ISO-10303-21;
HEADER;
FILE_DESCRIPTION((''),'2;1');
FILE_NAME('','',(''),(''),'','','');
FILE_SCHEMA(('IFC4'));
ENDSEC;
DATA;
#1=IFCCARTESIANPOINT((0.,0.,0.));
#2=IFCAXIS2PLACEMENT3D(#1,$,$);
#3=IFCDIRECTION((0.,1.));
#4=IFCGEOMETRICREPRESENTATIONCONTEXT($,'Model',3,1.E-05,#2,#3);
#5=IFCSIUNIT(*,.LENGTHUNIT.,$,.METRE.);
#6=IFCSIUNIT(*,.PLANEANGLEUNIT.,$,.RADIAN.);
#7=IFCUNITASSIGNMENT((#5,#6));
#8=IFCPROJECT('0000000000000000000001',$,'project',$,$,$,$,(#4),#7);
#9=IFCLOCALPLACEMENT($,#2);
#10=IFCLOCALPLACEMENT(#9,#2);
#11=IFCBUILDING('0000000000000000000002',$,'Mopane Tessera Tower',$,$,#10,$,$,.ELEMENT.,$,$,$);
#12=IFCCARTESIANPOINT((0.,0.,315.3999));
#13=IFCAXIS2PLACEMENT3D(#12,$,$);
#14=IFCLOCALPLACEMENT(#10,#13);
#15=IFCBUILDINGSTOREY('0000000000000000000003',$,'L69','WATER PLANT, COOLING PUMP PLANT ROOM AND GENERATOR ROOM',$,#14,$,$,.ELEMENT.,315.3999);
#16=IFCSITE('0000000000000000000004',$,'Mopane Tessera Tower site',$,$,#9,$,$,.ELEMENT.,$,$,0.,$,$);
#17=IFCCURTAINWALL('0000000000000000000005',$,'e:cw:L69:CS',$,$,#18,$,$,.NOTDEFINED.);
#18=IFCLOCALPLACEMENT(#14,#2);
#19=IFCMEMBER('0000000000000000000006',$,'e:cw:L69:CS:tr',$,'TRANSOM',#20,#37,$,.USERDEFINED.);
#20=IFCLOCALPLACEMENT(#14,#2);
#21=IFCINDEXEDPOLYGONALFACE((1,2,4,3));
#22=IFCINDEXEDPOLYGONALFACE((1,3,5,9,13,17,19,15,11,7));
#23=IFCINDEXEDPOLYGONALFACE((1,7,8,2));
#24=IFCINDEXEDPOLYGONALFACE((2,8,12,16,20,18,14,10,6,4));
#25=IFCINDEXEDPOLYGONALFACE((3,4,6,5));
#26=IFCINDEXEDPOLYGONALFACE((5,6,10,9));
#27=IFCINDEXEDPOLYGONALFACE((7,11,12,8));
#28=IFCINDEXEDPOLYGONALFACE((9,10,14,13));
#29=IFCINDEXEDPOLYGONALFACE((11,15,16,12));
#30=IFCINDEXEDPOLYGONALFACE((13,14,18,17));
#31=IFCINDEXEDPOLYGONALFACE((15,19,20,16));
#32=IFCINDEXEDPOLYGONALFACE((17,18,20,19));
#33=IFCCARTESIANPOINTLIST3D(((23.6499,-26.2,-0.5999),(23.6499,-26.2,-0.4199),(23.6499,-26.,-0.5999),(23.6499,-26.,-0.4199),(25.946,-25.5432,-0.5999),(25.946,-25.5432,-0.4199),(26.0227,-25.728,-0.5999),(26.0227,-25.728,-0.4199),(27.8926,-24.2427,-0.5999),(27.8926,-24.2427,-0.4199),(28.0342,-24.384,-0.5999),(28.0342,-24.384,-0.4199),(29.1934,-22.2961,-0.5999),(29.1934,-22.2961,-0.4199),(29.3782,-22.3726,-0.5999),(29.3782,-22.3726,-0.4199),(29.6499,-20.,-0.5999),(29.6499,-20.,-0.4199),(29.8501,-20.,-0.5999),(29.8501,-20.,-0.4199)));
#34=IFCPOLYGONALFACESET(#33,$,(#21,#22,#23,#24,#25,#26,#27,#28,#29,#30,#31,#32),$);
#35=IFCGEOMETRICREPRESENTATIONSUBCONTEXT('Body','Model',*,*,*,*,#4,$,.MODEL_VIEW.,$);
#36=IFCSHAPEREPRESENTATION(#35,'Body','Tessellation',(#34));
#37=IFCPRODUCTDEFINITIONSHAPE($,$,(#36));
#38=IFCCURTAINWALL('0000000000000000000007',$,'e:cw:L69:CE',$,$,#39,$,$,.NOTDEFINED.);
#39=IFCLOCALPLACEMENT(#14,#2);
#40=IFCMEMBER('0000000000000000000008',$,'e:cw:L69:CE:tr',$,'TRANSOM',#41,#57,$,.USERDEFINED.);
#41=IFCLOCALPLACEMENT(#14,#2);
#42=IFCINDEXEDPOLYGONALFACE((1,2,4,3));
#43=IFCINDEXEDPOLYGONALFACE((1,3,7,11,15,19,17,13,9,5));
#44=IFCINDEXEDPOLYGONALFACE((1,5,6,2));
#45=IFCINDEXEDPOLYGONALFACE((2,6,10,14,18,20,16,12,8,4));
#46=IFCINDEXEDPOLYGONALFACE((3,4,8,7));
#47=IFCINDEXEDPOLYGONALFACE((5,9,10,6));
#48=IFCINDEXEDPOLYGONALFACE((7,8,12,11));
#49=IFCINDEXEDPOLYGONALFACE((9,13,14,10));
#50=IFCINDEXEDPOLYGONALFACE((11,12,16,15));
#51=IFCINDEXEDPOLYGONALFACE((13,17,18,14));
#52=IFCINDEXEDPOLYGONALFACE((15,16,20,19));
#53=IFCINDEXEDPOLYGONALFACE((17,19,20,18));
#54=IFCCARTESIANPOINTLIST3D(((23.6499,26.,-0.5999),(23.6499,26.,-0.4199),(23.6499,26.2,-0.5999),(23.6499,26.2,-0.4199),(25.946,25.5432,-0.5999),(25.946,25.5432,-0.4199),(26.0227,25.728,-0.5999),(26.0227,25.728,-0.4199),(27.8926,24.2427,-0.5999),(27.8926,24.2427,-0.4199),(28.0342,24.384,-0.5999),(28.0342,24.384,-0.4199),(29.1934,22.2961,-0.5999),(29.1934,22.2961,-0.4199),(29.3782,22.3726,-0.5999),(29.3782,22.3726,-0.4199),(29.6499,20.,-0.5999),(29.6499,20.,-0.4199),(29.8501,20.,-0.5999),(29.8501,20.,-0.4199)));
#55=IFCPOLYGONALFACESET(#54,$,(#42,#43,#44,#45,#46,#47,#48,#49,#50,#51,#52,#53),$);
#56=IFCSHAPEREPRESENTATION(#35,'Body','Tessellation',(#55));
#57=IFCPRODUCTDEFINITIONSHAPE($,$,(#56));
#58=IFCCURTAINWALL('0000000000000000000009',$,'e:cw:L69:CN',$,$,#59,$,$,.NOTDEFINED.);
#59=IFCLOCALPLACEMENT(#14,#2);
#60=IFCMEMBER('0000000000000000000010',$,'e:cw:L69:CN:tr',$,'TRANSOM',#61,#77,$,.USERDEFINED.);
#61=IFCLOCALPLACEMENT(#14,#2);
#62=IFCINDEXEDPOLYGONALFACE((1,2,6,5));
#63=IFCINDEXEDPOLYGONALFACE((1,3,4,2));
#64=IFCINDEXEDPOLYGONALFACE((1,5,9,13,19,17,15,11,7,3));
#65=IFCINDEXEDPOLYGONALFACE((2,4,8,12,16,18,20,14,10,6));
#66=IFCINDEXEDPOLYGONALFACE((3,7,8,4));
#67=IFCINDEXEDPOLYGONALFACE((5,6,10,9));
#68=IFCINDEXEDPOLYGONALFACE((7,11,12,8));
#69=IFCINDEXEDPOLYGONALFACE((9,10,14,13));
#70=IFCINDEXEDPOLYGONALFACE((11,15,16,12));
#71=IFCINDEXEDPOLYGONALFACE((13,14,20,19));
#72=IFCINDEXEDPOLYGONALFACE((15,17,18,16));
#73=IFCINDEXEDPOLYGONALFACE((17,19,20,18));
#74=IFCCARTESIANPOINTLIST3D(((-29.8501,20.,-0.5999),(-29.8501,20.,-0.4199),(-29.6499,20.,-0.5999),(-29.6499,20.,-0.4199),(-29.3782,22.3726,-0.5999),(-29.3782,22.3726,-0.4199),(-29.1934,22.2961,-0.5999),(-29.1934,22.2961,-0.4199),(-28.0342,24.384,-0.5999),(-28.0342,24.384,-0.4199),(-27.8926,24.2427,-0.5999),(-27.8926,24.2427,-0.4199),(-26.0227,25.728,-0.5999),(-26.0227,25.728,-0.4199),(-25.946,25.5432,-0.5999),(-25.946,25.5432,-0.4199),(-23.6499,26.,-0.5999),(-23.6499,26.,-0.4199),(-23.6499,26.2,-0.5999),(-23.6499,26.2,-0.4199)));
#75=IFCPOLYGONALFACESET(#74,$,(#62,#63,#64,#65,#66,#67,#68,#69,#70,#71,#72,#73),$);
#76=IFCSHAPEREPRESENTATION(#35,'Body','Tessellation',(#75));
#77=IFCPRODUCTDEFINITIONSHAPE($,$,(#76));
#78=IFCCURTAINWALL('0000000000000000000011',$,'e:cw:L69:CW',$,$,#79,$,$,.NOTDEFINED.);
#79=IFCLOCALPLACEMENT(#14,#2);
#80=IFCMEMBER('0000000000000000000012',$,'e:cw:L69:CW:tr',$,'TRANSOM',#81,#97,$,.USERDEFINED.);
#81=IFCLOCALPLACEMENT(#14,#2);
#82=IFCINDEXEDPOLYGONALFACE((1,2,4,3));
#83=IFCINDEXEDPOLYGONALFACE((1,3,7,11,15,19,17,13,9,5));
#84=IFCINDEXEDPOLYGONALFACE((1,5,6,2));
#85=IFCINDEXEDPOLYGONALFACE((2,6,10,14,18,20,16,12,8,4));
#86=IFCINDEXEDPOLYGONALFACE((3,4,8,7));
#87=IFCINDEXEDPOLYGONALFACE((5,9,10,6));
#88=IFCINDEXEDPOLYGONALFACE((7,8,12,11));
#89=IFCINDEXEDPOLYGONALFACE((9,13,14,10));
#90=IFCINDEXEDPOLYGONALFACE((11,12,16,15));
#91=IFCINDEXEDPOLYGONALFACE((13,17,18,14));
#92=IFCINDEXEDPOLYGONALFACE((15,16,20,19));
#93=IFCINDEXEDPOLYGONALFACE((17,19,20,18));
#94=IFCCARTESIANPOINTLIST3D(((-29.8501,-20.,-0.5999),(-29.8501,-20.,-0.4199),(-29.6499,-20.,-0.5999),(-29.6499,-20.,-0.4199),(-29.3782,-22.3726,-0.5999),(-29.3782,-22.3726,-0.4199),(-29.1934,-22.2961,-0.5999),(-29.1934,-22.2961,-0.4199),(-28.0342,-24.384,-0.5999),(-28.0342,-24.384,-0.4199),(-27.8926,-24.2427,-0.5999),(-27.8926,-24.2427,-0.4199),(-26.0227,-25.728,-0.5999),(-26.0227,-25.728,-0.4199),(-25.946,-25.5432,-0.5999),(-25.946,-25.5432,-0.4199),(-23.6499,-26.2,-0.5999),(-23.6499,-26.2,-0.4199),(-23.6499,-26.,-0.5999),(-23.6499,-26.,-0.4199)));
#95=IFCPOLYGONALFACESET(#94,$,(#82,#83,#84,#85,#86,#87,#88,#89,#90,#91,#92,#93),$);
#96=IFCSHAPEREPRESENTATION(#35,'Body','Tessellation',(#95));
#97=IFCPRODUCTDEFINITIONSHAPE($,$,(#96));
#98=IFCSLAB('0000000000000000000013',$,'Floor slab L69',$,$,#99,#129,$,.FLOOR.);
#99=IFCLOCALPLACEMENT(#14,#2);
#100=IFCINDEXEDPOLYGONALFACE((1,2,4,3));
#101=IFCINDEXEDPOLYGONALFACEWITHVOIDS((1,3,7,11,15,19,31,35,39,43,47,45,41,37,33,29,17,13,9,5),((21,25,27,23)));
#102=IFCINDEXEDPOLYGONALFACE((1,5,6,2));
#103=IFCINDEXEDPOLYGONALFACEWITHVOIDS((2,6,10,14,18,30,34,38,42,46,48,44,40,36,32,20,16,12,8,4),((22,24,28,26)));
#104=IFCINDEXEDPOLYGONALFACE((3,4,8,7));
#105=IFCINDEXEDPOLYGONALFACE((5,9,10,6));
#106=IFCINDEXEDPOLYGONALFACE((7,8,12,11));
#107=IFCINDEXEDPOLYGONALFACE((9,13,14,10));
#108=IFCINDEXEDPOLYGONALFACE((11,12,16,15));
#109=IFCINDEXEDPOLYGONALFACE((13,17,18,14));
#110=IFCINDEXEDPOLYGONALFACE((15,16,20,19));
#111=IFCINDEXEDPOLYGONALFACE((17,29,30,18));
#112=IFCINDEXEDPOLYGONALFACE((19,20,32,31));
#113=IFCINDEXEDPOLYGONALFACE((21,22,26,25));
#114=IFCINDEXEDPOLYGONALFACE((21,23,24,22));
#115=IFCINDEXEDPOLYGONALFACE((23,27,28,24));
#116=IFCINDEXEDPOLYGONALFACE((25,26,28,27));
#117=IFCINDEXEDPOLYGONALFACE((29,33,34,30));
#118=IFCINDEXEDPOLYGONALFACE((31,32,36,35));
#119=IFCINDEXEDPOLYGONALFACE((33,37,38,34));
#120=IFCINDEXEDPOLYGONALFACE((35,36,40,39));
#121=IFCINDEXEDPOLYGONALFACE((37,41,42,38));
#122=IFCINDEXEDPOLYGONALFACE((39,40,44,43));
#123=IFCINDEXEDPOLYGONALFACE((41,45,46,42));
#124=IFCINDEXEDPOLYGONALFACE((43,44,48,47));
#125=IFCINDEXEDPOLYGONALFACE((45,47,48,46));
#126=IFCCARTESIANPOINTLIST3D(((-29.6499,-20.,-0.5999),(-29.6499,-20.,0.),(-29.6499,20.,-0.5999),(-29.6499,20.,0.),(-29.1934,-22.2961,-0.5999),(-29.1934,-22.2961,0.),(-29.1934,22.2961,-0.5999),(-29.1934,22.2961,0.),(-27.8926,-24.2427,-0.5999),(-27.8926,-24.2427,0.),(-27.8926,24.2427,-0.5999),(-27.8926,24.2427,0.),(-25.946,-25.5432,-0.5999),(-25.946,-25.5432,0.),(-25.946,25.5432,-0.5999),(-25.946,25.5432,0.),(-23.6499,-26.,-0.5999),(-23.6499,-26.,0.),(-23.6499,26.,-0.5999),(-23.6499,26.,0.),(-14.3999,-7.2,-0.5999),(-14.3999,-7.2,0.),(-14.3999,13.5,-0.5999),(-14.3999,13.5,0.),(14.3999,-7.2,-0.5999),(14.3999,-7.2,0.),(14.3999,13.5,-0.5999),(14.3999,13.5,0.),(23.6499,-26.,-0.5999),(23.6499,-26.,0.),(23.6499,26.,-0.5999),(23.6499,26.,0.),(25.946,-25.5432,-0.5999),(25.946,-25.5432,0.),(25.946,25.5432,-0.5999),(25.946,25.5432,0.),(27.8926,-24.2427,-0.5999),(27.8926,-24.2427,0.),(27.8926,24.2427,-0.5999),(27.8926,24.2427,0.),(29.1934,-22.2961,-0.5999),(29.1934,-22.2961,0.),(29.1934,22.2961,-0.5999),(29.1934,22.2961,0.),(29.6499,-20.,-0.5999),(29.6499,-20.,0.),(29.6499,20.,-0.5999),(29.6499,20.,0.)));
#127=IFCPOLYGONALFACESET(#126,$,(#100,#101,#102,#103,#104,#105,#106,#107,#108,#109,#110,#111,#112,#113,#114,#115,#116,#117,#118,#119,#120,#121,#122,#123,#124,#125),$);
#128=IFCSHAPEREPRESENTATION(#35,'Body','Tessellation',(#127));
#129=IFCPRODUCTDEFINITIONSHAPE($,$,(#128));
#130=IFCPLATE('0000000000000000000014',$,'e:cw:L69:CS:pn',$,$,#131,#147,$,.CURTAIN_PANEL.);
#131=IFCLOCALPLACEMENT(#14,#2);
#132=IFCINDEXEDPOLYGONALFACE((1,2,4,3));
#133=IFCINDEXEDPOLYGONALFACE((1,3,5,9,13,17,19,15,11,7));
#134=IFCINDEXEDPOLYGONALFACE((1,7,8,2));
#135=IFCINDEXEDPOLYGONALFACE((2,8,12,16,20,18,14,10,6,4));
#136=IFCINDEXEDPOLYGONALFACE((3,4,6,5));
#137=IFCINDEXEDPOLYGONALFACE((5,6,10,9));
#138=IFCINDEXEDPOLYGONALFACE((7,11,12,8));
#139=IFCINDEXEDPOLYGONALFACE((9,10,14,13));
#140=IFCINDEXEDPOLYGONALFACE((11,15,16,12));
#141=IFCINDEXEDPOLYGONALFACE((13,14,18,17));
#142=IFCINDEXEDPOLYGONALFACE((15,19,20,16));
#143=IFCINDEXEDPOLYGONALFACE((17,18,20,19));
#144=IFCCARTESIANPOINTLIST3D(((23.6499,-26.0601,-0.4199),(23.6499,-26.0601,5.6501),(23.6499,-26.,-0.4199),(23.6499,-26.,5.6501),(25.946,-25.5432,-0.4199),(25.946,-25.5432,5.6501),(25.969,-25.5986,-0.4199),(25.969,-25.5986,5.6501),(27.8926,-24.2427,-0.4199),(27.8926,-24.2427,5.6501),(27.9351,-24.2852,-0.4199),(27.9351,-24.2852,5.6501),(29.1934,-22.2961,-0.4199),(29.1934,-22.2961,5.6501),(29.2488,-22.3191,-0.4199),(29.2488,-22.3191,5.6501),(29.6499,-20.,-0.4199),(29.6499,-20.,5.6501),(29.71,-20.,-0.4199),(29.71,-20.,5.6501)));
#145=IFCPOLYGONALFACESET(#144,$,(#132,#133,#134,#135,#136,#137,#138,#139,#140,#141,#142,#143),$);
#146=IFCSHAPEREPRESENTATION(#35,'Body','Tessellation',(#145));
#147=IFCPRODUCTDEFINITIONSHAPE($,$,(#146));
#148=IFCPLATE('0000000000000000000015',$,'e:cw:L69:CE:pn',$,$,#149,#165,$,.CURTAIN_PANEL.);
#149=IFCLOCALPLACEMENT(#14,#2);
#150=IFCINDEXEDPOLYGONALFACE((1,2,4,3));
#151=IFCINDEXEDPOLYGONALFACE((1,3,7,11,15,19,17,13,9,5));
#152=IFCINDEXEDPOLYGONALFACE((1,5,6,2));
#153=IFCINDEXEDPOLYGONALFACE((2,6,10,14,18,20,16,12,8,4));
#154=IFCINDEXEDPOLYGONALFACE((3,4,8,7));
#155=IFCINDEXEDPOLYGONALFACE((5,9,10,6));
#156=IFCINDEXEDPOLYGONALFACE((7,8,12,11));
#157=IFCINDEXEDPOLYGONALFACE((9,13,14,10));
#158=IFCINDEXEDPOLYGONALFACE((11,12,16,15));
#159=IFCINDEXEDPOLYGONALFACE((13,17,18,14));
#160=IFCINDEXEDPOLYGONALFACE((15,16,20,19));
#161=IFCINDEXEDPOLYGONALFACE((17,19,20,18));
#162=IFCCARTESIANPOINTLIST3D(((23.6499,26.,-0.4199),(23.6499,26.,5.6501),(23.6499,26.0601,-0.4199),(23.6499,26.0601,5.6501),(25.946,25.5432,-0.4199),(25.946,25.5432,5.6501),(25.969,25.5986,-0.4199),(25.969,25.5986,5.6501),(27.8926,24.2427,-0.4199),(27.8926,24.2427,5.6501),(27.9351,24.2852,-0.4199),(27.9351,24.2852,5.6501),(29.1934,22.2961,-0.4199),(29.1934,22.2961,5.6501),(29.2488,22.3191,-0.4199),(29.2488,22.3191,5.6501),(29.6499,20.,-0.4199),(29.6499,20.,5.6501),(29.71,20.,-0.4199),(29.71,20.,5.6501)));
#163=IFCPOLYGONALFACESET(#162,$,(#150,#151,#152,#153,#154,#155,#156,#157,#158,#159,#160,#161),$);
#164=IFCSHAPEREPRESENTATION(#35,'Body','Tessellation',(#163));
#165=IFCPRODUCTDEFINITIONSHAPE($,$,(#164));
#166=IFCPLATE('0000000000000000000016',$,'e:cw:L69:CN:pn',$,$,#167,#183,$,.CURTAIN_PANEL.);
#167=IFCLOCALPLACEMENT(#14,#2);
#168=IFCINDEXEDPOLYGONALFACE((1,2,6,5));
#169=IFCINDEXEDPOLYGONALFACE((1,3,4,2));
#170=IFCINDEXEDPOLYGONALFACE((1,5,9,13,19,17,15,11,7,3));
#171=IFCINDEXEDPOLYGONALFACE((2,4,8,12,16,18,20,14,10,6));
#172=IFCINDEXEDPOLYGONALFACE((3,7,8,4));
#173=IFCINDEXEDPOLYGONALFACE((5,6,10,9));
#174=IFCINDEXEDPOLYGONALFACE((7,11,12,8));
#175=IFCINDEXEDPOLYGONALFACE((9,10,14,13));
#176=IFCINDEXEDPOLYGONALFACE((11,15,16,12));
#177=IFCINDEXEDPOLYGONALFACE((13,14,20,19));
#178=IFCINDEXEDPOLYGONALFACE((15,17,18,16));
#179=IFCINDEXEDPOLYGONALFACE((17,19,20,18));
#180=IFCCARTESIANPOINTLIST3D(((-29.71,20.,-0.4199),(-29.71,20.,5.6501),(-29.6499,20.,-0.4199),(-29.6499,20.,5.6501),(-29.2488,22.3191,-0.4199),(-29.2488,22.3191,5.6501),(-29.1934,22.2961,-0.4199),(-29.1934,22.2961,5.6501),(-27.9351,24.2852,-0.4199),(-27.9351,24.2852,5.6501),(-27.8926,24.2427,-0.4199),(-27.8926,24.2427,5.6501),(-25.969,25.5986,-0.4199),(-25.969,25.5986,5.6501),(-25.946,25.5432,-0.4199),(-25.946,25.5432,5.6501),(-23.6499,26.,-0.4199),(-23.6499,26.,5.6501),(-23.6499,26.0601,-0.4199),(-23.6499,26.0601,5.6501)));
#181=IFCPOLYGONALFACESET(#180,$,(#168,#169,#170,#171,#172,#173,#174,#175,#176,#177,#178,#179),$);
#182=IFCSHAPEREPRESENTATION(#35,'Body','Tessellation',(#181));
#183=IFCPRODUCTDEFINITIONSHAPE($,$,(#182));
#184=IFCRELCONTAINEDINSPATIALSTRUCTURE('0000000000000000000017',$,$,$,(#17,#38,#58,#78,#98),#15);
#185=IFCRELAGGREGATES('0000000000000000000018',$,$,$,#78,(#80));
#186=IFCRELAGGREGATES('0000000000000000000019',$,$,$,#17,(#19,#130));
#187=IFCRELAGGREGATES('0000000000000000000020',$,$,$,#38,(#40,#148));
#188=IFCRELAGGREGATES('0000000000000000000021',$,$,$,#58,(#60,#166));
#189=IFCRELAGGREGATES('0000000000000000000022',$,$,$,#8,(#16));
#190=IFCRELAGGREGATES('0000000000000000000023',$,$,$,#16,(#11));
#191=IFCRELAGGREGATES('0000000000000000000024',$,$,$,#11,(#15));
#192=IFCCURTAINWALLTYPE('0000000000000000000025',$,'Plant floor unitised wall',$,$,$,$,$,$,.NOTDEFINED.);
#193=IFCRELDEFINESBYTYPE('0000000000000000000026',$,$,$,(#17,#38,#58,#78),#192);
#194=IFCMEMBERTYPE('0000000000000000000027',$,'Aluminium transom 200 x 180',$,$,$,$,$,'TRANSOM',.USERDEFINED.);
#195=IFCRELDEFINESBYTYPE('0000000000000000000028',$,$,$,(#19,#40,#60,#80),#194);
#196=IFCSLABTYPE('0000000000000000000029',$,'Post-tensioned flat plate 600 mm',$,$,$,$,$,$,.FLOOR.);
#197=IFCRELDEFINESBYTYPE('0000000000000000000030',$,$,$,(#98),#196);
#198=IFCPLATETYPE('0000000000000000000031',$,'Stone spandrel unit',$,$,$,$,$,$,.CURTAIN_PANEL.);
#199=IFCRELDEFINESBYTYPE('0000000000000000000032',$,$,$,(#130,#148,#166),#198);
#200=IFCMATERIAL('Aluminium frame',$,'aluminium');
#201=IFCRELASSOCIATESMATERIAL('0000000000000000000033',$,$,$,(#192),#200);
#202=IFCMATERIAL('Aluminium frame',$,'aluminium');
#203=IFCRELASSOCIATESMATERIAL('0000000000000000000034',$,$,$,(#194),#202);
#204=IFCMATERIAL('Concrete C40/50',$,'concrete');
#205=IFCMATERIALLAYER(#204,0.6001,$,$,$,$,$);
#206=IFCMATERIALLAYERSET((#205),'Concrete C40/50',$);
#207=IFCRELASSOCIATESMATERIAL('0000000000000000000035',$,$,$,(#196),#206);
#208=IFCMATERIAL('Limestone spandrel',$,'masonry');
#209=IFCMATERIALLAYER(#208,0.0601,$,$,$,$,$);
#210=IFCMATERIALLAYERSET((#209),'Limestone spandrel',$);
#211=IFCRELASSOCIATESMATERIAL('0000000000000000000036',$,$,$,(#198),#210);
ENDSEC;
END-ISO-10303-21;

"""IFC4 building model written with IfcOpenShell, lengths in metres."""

from ifc_helpers import new_model, si_unit, direction, frame, origin, origin_2d, place, context, subcontext, project, spatial, polyline, rectangle, outline, extrude, material, layer, layer_set, material_profile, profile_set, type_object, element, aggregate, save


model = new_model("IFC4")

# Units and contexts
model_context = context("Model", 3, precision=1e-05, world=origin(), true_north=direction((0.0, 1.0)))
body_context = subcontext(model_context, "Body", "Model", "MODEL_VIEW")
ifc_project = project(units=[si_unit("LENGTHUNIT", "METRE"), si_unit("PLANEANGLEUNIT", "RADIAN")], contexts=[model_context])

# Site, building, storey
site_placement = place(None, origin())
site = spatial("IfcSite", under=ifc_project, at=site_placement, Name="Mopane Tessera Tower site", CompositionType="ELEMENT", RefElevation=0.0)
building_placement = place(site_placement, origin())
building = spatial("IfcBuilding", under=site, at=building_placement, Name="Mopane Tessera Tower", CompositionType="ELEMENT")
storey_placement = place(building_placement, frame((0.0, 0.0, 315.3999)))
storey = spatial("IfcBuildingStorey", under=building, at=storey_placement, Name="L69", Description="WATER PLANT, COOLING PUMP PLANT ROOM AND GENERATOR ROOM", CompositionType="ELEMENT", Elevation=315.3999)

# Curtain walls, members
ifc_material_1 = material(Name="Aluminium frame", Category="aluminium")
curtain_wall_type = type_object("IfcCurtainWallType", Name="Plant floor unitised wall", PredefinedType="NOTDEFINED", material=ifc_material_1)
curtain_wall_1_placement = place(storey_placement, origin())
curtain_wall_1 = element("IfcCurtainWall", 1, at=curtain_wall_1_placement, inside=storey, type_object=curtain_wall_type, Name="e:cw:L69:CS", PredefinedType="NOTDEFINED")
ifc_material_2 = material(Name="Aluminium frame", Category="aluminium")
ifc_material_profile = material_profile(ifc_material_2, rectangle(XDim=0.2, YDim=0.1799, at=origin_2d()))
ifc_profile_set = profile_set([ifc_material_profile], Name="Aluminium frame")
member_type = type_object("IfcMemberType", Name="Aluminium transom 200 x 180", ElementType="TRANSOM", PredefinedType="USERDEFINED", material=ifc_profile_set)
member_1_placement = place(storey_placement, frame((0.0, 0.0, -0.5999)))
member_1 = element("IfcMember", 2, at=member_1_placement, type_object=member_type, Name="e:cw:L69:CS:tr", ObjectType="TRANSOM", PredefinedType="USERDEFINED", context=body_context, shape_type="SweptSolid", body=[
    extrude(outline(polyline([(23.6499, -26.0), (25.946, -25.5432), (27.8926, -24.2427), (29.1934, -22.2961), (29.6499, -20.0), (29.8501, -20.0), (29.3782, -22.3726), (28.0342, -24.384), (26.0227, -25.728), (23.6499, -26.2), (23.6499, -26.0)])), origin(), (0.0, 0.0, 1.0), 0.1799),
])
curtain_wall_2_placement = place(storey_placement, origin())
curtain_wall_2 = element("IfcCurtainWall", 3, at=curtain_wall_2_placement, inside=storey, type_object=curtain_wall_type, Name="e:cw:L69:CE", PredefinedType="NOTDEFINED")
member_2_placement = place(storey_placement, frame((0.0, 0.0, -0.5999)))
member_2 = element("IfcMember", 4, at=member_2_placement, type_object=member_type, Name="e:cw:L69:CE:tr", ObjectType="TRANSOM", PredefinedType="USERDEFINED", context=body_context, shape_type="SweptSolid", body=[
    extrude(outline(polyline([(29.6499, 20.0), (29.1934, 22.2961), (27.8926, 24.2427), (25.946, 25.5432), (23.6499, 26.0), (23.6499, 26.2), (26.0227, 25.728), (28.0342, 24.384), (29.3782, 22.3726), (29.8501, 20.0), (29.6499, 20.0)])), origin(), (0.0, 0.0, 1.0), 0.1799),
])
curtain_wall_3_placement = place(storey_placement, origin())
curtain_wall_3 = element("IfcCurtainWall", 5, at=curtain_wall_3_placement, inside=storey, type_object=curtain_wall_type, Name="e:cw:L69:CN", PredefinedType="NOTDEFINED")
member_3_placement = place(storey_placement, frame((0.0, 0.0, -0.5999)))
member_3 = element("IfcMember", 6, at=member_3_placement, type_object=member_type, Name="e:cw:L69:CN:tr", ObjectType="TRANSOM", PredefinedType="USERDEFINED", context=body_context, shape_type="SweptSolid", body=[
    extrude(outline(polyline([(-23.6499, 26.0), (-25.946, 25.5432), (-27.8926, 24.2427), (-29.1934, 22.2961), (-29.6499, 20.0), (-29.8501, 20.0), (-29.3782, 22.3726), (-28.0342, 24.384), (-26.0227, 25.728), (-23.6499, 26.2), (-23.6499, 26.0)])), origin(), (0.0, 0.0, 1.0), 0.1799),
])
curtain_wall_4_placement = place(storey_placement, origin())
curtain_wall_4 = element("IfcCurtainWall", 7, at=curtain_wall_4_placement, inside=storey, type_object=curtain_wall_type, Name="e:cw:L69:CW", PredefinedType="NOTDEFINED")
member_4_placement = place(storey_placement, frame((0.0, 0.0, -0.5999)))
member_4 = element("IfcMember", 8, at=member_4_placement, type_object=member_type, Name="e:cw:L69:CW:tr", ObjectType="TRANSOM", PredefinedType="USERDEFINED", context=body_context, shape_type="SweptSolid", body=[
    extrude(outline(polyline([(-29.6499, -20.0), (-29.1934, -22.2961), (-27.8926, -24.2427), (-25.946, -25.5432), (-23.6499, -26.0), (-23.6499, -26.2), (-26.0227, -25.728), (-28.0342, -24.384), (-29.3782, -22.3726), (-29.8501, -20.0), (-29.6499, -20.0)])), origin(), (0.0, 0.0, 1.0), 0.1799),
])
aggregate(curtain_wall_4, [member_4])

# Slab
ifc_material_3 = material(Name="Concrete C40/50", Category="concrete")
ifc_layer_1 = layer(ifc_material_3, 0.6001)
ifc_layer_set_1 = layer_set([ifc_layer_1], Name="Concrete C40/50")
slab_type = type_object("IfcSlabType", Name="Post-tensioned flat plate 600 mm", PredefinedType="FLOOR", material=ifc_layer_set_1)
slab_placement = place(storey_placement, frame((0.0, 0.0, -0.5999)))
element("IfcSlab", 9, at=slab_placement, inside=storey, type_object=slab_type, Name="Floor slab L69", PredefinedType="FLOOR", context=body_context, shape_type="SweptSolid", body=[
    extrude(outline(polyline([(-23.6499, -26.0), (23.6499, -26.0), (25.946, -25.5432), (27.8926, -24.2427), (29.1934, -22.2961), (29.6499, -20.0), (29.6499, 20.0), (29.1934, 22.2961), (27.8926, 24.2427), (25.946, 25.5432), (23.6499, 26.0), (-23.6499, 26.0), (-25.946, 25.5432), (-27.8926, 24.2427), (-29.1934, 22.2961), (-29.6499, 20.0), (-29.6499, -20.0), (-29.1934, -22.2961), (-27.8926, -24.2427), (-25.946, -25.5432), (-23.6499, -26.0)]), holes=[polyline([(14.3999, -7.2), (-14.3999, -7.2), (-14.3999, 13.5), (14.3999, 13.5), (14.3999, -7.2)])]), origin(), (0.0, 0.0, 1.0), 0.5999),
])

# Plates
ifc_material_4 = material(Name="Limestone spandrel", Category="masonry")
ifc_layer_2 = layer(ifc_material_4, 0.0601)
ifc_layer_set_2 = layer_set([ifc_layer_2], Name="Limestone spandrel")
plate_type = type_object("IfcPlateType", Name="Stone spandrel unit", PredefinedType="CURTAIN_PANEL", material=ifc_layer_set_2)
plate_1_placement = place(storey_placement, frame((0.0, 0.0, -0.4199)))
plate_1 = element("IfcPlate", 10, at=plate_1_placement, type_object=plate_type, Name="e:cw:L69:CS:pn", PredefinedType="CURTAIN_PANEL", context=body_context, shape_type="SweptSolid", body=[
    extrude(outline(polyline([(23.6499, -26.0), (25.946, -25.5432), (27.8926, -24.2427), (29.1934, -22.2961), (29.6499, -20.0), (29.71, -20.0), (29.2488, -22.3191), (27.9351, -24.2852), (25.969, -25.5986), (23.6499, -26.0601), (23.6499, -26.0)])), origin(), (0.0, 0.0, 1.0), 6.0701),
])
aggregate(curtain_wall_1, [member_1, plate_1])
plate_2_placement = place(storey_placement, frame((0.0, 0.0, -0.4199)))
plate_2 = element("IfcPlate", 11, at=plate_2_placement, type_object=plate_type, Name="e:cw:L69:CE:pn", PredefinedType="CURTAIN_PANEL", context=body_context, shape_type="SweptSolid", body=[
    extrude(outline(polyline([(29.6499, 20.0), (29.1934, 22.2961), (27.8926, 24.2427), (25.946, 25.5432), (23.6499, 26.0), (23.6499, 26.0601), (25.969, 25.5986), (27.9351, 24.2852), (29.2488, 22.3191), (29.71, 20.0), (29.6499, 20.0)])), origin(), (0.0, 0.0, 1.0), 6.0701),
])
aggregate(curtain_wall_2, [member_2, plate_2])
plate_3_placement = place(storey_placement, frame((0.0, 0.0, -0.4199)))
plate_3 = element("IfcPlate", 12, at=plate_3_placement, type_object=plate_type, Name="e:cw:L69:CN:pn", PredefinedType="CURTAIN_PANEL", context=body_context, shape_type="SweptSolid", body=[
    extrude(outline(polyline([(-23.6499, 26.0), (-25.946, 25.5432), (-27.8926, 24.2427), (-29.1934, 22.2961), (-29.6499, 20.0), (-29.71, 20.0), (-29.2488, 22.3191), (-27.9351, 24.2852), (-25.969, 25.5986), (-23.6499, 26.0601), (-23.6499, 26.0)])), origin(), (0.0, 0.0, 1.0), 6.0701),
])
aggregate(curtain_wall_3, [member_3, plate_3])

save(model, "model.ifc")
